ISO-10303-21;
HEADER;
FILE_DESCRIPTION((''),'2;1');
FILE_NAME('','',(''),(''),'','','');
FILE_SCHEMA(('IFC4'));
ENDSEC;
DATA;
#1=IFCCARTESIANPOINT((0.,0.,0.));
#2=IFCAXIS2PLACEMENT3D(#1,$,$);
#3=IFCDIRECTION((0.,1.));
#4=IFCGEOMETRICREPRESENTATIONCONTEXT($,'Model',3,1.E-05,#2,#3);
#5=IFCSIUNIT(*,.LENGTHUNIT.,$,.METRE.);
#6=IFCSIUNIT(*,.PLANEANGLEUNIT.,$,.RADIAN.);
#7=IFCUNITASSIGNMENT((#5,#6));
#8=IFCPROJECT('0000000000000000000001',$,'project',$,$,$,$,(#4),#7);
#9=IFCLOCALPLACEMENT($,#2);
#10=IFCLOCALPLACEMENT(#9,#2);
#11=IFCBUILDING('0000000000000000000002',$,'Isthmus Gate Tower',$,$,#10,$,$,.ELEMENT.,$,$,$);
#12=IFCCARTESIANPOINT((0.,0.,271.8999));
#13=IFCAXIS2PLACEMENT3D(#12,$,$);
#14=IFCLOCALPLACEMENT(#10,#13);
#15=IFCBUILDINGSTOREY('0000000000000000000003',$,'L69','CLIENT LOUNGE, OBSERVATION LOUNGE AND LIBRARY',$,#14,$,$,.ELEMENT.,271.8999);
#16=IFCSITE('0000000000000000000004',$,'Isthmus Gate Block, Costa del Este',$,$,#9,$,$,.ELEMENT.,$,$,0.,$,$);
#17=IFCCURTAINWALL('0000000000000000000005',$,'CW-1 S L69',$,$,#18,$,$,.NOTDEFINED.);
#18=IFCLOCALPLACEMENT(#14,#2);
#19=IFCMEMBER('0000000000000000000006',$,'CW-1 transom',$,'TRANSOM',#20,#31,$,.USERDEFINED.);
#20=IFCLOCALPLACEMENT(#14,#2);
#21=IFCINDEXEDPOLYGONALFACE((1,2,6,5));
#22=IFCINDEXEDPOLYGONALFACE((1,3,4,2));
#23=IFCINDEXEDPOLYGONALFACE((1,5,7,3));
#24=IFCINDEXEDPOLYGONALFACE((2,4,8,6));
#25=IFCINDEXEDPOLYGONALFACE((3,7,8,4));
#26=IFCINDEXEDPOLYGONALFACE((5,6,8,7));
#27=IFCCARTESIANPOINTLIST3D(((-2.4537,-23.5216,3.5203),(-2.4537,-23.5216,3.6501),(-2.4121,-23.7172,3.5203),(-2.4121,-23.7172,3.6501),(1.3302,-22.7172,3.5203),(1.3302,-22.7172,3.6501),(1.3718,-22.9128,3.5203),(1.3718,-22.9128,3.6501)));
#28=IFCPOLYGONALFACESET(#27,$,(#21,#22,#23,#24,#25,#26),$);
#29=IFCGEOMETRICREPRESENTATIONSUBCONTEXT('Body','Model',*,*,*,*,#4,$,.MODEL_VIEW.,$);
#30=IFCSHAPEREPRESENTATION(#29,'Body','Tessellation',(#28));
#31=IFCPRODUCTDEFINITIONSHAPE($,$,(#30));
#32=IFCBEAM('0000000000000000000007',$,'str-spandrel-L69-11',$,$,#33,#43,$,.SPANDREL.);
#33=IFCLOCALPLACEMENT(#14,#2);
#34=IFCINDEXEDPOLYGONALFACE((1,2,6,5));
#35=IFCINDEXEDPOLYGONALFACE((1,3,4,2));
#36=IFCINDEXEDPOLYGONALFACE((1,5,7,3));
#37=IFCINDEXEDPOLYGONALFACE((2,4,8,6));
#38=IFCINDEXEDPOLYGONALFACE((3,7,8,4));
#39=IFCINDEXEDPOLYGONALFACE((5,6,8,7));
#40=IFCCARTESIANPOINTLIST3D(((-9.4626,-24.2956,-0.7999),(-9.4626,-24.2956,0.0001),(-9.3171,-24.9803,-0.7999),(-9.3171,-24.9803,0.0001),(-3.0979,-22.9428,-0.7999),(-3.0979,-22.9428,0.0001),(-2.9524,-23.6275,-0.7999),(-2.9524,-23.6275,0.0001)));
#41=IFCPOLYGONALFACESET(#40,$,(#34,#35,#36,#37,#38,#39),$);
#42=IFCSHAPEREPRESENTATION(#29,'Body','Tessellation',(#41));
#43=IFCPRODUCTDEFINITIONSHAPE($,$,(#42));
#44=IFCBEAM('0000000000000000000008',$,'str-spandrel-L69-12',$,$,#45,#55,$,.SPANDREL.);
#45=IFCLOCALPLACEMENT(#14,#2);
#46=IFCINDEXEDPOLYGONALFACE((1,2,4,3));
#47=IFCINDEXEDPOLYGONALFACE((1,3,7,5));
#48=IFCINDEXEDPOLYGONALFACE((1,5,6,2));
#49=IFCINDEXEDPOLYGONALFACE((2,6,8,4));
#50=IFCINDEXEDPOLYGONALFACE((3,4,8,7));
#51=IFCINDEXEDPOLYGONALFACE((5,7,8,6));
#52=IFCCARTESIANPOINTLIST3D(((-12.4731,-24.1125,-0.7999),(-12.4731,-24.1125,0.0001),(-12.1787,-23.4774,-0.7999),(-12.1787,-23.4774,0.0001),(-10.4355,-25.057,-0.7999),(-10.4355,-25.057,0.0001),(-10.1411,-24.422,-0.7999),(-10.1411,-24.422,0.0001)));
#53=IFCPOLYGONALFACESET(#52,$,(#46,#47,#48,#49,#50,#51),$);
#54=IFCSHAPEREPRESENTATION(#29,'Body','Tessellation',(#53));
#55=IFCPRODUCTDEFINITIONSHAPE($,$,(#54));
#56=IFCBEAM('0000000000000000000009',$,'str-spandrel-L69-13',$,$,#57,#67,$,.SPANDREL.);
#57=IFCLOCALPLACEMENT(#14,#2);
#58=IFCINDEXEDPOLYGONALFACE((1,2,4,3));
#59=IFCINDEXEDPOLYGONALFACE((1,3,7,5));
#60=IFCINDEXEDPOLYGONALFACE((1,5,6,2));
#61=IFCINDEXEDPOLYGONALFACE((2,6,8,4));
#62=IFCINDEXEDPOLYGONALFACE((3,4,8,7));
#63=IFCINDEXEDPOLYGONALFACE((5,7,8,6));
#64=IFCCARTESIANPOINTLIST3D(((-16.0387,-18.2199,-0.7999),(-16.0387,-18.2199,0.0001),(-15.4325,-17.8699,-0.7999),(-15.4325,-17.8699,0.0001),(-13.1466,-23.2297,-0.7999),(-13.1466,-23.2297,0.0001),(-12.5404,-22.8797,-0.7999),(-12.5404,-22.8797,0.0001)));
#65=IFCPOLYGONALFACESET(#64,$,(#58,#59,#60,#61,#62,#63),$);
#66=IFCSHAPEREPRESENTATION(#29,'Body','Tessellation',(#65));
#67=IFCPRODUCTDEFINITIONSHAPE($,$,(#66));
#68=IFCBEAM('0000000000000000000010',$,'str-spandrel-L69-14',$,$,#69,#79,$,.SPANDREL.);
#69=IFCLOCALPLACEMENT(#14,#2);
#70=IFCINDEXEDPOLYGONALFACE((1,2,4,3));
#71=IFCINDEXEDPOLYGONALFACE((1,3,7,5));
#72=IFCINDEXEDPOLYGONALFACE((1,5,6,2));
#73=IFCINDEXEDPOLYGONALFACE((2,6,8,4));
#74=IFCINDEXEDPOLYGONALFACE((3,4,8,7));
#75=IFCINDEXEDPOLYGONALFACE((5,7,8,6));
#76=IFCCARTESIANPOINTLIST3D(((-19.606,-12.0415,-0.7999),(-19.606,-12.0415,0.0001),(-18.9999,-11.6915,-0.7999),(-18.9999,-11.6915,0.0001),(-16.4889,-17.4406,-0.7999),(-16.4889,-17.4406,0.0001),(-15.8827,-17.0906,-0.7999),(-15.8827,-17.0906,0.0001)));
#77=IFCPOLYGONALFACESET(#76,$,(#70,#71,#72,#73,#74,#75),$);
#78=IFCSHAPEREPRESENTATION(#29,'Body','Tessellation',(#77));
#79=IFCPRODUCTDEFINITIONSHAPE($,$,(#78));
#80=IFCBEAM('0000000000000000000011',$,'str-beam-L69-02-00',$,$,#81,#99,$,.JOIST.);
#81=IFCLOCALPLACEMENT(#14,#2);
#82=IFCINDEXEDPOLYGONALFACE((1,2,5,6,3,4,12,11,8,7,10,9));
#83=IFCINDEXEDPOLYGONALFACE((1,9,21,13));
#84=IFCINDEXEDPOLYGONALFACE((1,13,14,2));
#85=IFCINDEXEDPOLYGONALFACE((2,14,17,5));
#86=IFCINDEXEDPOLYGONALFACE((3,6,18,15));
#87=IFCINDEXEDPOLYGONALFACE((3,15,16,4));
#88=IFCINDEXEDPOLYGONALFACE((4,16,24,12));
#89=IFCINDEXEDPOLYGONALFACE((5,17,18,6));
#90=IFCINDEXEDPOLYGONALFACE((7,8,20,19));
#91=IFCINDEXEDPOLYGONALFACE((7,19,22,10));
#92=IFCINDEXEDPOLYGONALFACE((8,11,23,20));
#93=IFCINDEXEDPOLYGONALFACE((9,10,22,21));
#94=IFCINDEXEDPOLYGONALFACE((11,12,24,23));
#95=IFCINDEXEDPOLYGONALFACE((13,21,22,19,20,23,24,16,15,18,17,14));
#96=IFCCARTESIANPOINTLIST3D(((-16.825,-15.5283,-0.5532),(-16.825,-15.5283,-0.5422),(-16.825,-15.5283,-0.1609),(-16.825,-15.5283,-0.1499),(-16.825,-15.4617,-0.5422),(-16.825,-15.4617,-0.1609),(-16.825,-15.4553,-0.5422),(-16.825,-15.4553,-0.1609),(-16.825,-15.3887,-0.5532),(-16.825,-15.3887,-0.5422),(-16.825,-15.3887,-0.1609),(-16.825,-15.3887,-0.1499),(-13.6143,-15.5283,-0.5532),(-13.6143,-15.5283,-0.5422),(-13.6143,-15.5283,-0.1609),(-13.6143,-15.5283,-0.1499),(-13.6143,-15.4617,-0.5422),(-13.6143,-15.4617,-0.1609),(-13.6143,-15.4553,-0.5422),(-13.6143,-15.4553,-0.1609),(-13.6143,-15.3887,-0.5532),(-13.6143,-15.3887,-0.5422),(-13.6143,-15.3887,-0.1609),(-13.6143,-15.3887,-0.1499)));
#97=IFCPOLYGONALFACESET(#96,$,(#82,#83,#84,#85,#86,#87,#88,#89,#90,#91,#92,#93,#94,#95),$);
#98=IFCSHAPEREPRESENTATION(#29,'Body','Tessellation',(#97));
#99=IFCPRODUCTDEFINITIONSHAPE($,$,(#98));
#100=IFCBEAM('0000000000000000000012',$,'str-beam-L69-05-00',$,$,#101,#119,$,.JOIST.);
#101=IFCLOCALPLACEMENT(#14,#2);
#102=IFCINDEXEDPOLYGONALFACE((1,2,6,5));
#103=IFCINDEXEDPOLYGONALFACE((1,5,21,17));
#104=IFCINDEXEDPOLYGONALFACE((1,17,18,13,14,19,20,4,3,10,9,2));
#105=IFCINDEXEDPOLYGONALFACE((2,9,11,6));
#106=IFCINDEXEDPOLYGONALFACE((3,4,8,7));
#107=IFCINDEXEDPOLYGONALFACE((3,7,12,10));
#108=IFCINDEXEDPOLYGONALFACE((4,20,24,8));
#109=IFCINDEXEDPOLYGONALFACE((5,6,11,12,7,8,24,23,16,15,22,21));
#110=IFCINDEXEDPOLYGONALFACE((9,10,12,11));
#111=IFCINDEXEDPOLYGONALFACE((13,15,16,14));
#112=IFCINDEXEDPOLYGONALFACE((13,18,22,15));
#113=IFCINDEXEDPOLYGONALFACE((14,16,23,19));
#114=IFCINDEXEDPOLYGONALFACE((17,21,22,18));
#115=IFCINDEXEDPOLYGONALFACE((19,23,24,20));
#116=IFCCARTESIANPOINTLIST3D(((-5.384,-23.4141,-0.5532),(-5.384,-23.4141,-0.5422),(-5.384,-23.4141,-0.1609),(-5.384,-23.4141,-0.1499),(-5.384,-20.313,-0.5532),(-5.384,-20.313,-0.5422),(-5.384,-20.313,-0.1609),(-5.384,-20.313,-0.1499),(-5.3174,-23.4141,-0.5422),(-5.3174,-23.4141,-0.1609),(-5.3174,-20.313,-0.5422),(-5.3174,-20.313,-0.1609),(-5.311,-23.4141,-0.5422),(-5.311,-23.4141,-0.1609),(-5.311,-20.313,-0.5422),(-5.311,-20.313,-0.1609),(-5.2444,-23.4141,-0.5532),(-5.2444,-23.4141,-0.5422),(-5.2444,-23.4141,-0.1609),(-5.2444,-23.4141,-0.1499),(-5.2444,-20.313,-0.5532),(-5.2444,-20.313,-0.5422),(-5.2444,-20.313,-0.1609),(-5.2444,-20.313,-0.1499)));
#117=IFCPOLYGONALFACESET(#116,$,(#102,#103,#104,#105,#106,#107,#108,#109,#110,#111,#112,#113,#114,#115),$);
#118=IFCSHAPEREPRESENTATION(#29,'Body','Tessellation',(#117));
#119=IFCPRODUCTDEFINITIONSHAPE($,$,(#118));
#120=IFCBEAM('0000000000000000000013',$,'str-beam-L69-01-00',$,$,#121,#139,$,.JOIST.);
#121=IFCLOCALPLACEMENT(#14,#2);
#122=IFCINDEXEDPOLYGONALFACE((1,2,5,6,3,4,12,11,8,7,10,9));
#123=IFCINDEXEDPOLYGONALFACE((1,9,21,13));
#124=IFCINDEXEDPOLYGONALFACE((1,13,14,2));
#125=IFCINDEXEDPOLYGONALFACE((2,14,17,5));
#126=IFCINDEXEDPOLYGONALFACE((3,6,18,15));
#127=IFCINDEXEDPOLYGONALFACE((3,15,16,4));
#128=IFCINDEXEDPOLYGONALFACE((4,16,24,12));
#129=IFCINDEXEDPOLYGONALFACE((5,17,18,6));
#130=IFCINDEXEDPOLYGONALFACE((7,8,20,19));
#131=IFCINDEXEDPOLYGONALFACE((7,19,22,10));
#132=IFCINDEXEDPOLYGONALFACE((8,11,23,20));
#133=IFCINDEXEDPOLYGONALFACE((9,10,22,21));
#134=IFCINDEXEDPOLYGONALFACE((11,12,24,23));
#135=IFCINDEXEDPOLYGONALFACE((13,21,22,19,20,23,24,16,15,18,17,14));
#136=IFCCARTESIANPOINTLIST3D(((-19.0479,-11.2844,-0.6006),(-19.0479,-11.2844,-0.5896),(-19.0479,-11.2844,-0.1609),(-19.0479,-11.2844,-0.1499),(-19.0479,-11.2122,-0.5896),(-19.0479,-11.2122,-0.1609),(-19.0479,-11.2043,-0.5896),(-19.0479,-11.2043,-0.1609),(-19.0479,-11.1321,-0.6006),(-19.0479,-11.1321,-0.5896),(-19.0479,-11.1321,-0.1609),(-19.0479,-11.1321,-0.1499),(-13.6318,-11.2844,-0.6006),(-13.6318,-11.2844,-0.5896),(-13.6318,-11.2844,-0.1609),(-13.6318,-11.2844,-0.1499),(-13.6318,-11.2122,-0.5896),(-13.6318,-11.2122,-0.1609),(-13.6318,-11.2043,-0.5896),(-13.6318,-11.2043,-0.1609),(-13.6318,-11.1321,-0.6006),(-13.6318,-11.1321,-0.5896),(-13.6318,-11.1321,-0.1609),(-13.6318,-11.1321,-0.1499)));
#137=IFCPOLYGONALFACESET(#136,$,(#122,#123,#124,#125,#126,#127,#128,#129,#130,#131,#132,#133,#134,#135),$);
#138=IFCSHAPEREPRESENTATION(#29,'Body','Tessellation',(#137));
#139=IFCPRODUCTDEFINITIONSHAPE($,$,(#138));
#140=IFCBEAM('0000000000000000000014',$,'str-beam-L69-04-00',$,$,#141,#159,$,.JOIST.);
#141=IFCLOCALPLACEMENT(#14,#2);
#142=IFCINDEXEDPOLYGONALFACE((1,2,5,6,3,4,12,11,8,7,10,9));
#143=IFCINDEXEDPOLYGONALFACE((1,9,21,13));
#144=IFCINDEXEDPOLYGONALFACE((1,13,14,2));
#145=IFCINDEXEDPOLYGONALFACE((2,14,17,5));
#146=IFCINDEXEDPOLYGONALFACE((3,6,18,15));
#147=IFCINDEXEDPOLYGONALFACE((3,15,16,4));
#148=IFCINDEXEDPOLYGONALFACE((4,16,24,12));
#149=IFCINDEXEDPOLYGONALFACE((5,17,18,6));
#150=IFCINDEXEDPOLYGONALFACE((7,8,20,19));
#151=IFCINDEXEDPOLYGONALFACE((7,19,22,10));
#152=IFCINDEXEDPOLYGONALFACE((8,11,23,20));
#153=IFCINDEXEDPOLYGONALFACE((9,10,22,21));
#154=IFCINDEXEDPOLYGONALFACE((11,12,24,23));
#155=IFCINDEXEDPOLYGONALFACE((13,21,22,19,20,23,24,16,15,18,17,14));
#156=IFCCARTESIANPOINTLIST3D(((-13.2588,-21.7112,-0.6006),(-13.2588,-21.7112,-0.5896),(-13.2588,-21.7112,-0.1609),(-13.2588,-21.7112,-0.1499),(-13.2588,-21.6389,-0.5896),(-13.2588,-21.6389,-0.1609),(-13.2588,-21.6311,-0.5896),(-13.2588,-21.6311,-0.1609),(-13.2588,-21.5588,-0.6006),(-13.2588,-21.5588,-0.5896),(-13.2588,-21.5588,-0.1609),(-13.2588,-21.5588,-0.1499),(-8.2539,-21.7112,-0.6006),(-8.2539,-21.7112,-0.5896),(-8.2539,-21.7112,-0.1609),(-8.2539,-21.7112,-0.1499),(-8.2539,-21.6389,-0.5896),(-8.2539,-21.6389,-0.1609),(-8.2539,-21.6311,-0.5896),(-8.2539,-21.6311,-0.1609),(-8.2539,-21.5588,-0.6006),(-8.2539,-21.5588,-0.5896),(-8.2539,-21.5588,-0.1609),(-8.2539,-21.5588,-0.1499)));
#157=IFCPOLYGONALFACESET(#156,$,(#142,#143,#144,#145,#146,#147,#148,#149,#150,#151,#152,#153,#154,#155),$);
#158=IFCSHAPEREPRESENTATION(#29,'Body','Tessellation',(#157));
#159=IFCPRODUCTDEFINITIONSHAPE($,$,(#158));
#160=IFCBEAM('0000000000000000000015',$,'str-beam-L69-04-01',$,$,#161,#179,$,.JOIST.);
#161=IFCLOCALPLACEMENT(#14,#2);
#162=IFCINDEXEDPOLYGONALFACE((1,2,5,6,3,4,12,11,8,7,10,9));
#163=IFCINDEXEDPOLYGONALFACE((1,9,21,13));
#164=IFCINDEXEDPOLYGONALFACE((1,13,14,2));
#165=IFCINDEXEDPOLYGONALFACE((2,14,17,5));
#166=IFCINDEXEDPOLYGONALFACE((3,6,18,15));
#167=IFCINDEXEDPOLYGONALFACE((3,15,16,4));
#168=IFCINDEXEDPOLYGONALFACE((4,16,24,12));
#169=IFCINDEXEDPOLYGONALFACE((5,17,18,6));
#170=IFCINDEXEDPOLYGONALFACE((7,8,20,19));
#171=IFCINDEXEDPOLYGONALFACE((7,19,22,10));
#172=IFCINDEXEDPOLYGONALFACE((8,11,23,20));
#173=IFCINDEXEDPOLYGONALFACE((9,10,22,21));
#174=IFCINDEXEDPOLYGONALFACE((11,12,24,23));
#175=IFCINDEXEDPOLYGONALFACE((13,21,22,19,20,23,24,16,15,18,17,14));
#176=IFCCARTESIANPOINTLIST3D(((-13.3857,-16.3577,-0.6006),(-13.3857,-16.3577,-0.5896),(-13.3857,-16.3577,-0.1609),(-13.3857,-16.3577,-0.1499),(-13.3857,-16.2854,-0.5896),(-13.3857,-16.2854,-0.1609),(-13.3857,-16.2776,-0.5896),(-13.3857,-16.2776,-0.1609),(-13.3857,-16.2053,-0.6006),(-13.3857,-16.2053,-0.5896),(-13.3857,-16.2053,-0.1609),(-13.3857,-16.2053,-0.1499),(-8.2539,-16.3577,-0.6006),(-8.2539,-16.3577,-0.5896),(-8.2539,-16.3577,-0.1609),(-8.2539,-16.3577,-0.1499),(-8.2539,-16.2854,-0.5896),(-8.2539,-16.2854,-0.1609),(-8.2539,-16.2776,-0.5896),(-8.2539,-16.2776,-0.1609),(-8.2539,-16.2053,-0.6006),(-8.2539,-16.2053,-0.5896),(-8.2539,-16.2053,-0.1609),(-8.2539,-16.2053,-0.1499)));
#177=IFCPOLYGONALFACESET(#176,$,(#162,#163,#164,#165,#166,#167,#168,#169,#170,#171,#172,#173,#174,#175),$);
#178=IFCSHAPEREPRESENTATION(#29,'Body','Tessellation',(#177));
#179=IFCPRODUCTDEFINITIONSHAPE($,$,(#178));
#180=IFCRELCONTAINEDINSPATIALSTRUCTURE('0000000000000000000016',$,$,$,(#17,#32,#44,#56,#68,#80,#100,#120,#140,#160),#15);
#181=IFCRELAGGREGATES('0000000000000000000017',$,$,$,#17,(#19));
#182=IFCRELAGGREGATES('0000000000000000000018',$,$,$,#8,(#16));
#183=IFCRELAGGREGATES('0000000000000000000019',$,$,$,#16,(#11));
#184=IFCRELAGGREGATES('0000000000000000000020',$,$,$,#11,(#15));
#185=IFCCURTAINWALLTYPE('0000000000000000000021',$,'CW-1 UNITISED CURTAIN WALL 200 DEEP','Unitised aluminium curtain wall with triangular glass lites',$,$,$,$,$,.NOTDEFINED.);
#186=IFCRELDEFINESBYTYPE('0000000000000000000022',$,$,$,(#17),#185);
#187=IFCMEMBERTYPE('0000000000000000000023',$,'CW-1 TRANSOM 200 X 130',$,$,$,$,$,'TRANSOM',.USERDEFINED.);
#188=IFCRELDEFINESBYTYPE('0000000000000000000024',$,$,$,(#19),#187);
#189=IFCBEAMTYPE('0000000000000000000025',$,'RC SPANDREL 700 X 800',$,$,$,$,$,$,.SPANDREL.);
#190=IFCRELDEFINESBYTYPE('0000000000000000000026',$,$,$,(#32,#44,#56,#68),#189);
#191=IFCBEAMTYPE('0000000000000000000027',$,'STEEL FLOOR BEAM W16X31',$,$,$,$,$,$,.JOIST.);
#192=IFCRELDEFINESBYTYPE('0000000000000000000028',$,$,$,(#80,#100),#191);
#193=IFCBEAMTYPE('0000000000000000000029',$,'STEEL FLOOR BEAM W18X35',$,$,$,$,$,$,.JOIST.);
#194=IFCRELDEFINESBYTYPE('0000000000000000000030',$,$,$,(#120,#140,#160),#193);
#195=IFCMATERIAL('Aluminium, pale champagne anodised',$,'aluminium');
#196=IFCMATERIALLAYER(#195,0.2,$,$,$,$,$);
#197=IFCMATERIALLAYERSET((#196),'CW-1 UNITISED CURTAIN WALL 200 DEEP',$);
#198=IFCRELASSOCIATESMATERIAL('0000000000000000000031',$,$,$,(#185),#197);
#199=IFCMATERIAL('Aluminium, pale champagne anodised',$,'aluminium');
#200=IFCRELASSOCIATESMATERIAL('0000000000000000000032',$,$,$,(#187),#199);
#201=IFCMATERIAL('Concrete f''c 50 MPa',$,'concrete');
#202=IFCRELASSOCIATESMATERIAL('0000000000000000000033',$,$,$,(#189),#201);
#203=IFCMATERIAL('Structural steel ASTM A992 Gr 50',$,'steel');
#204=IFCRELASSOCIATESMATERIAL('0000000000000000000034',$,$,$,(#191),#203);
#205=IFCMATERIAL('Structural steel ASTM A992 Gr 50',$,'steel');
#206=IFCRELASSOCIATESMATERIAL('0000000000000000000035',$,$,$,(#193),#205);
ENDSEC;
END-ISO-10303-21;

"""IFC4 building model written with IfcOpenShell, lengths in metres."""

from ifc_helpers import new_model, si_unit, direction, frame, origin, origin_2d, place, context, subcontext, project, spatial, rectangle, i_section, extrude, material, layer, layer_set, material_profile, profile_set, type_object, element, aggregate, save


model = new_model("IFC4")

# Units and contexts
model_context = context("Model", 3, precision=1e-05, world=origin(), true_north=direction((0.0, 1.0)))
body_context = subcontext(model_context, "Body", "Model", "MODEL_VIEW")
ifc_project = project(units=[si_unit("LENGTHUNIT", "METRE"), si_unit("PLANEANGLEUNIT", "RADIAN")], contexts=[model_context])

# Site, building, storey
site_placement = place(None, origin())
site = spatial("IfcSite", under=ifc_project, at=site_placement, Name="Isthmus Gate Block, Costa del Este", CompositionType="ELEMENT", RefElevation=0.0)
building_placement = place(site_placement, origin())
building = spatial("IfcBuilding", under=site, at=building_placement, Name="Isthmus Gate Tower", CompositionType="ELEMENT")
storey_placement = place(building_placement, frame((0.0, 0.0, 271.8999)))
storey = spatial("IfcBuildingStorey", under=building, at=storey_placement, Name="L69", Description="CLIENT LOUNGE, OBSERVATION LOUNGE AND LIBRARY", CompositionType="ELEMENT", Elevation=271.8999)

# Shared definitions
ifc_material_1 = material(Name="Aluminium, pale champagne anodised", Category="aluminium")
ifc_layer_1 = layer(ifc_material_1, 0.2)
ifc_layer_set_1 = layer_set([ifc_layer_1], Name="CW-1 UNITISED CURTAIN WALL 200 DEEP")
curtain_wall_type = type_object("IfcCurtainWallType", Name="CW-1 UNITISED CURTAIN WALL 200 DEEP", Description="Unitised aluminium curtain wall with triangular glass lites", PredefinedType="NOTDEFINED", material=ifc_layer_set_1)

# Curtain wall
curtain_wall_1_placement = place(storey_placement, origin())
curtain_wall_1 = element("IfcCurtainWall", 1, at=curtain_wall_1_placement, inside=storey, type_object=curtain_wall_type, Name="CW-1 S L69", PredefinedType="NOTDEFINED")

# Member
ifc_material_2 = material(Name="Aluminium, pale champagne anodised", Category="aluminium")
ifc_material_profile_1 = material_profile(ifc_material_2, rectangle(XDim=0.2, YDim=0.1299, at=origin_2d()), Name="200x130")
ifc_profile_set_1 = profile_set([ifc_material_profile_1], Name="Aluminium, pale champagne anodised")
member_type_1 = type_object("IfcMemberType", Name="CW-1 TRANSOM 200 X 130", ElementType="TRANSOM", PredefinedType="USERDEFINED", material=ifc_profile_set_1)
member_1_placement = place(storey_placement, frame((-2.4329, -23.6194, 3.5852), z_axis=(0.97814, 0.207947, 0.0), x_axis=(-0.207947, 0.97814, 0.0)))
member_1 = element("IfcMember", 2, at=member_1_placement, type_object=member_type_1, Name="CW-1 transom", ObjectType="TRANSOM", PredefinedType="USERDEFINED", context=body_context, shape_type="SweptSolid", body=[
    extrude(rectangle(XDim=0.2, YDim=0.1299, at=origin_2d()), origin(), (0.0, 0.0, 1.0), 3.8684),
])

# Beams
ifc_material_3 = material(Name="Concrete f'c 50 MPa", Category="concrete")
ifc_material_profile_2 = material_profile(ifc_material_3, rectangle(XDim=0.7, YDim=0.8, at=origin_2d()), Name="RC 700X800")
ifc_profile_set_2 = profile_set([ifc_material_profile_2], Name="Concrete f'c 50 MPa")
beam_type_1 = type_object("IfcBeamType", Name="RC SPANDREL 700 X 800", PredefinedType="SPANDREL", material=ifc_profile_set_2)
beam_1_placement = place(storey_placement, frame((-3.0251, -23.2852, -0.3999), z_axis=(-0.97815, -0.207899, 0.0), x_axis=(0.207899, -0.97815, 0.0)))
element("IfcBeam", 3, at=beam_1_placement, inside=storey, type_object=beam_type_1, Name="str-spandrel-L69-11", PredefinedType="SPANDREL", context=body_context, shape_type="SweptSolid", body=[
    extrude(rectangle(XDim=0.7, YDim=0.8, at=origin_2d()), origin(), (0.0, 0.0, 1.0), 6.5068),
])
beam_2_placement = place(storey_placement, frame((-10.2883, -24.7395, -0.3999), z_axis=(-0.907255, 0.420581, 0.0), x_axis=(-0.420581, -0.907255, 0.0)))
element("IfcBeam", 4, at=beam_2_placement, inside=storey, type_object=beam_type_1, Name="str-spandrel-L69-12", PredefinedType="SPANDREL", context=body_context, shape_type="SweptSolid", body=[
    extrude(rectangle(XDim=0.7, YDim=0.8, at=origin_2d()), origin(), (0.0, 0.0, 1.0), 2.2458),
])
beam_3_placement = place(storey_placement, frame((-12.8435, -23.0547, -0.3999), z_axis=(-0.499961, 0.866048, 0.0), x_axis=(-0.866048, -0.499961, 0.0)))
element("IfcBeam", 5, at=beam_3_placement, inside=storey, type_object=beam_type_1, Name="str-spandrel-L69-13", PredefinedType="SPANDREL", context=body_context, shape_type="SweptSolid", body=[
    extrude(rectangle(XDim=0.7, YDim=0.8, at=origin_2d()), origin(), (0.0, 0.0, 1.0), 5.7847),
])
beam_4_placement = place(storey_placement, frame((-16.1858, -17.2656, -0.3999), z_axis=(-0.499997, 0.866027, 0.0), x_axis=(-0.866027, -0.499997, 0.0)))
element("IfcBeam", 6, at=beam_4_placement, inside=storey, type_object=beam_type_1, Name="str-spandrel-L69-14", PredefinedType="SPANDREL", context=body_context, shape_type="SweptSolid", body=[
    extrude(rectangle(XDim=0.7, YDim=0.8, at=origin_2d()), origin(), (0.0, 0.0, 1.0), 6.2344),
])
ifc_material_4 = material(Name="Structural steel ASTM A992 Gr 50", Category="steel")
ifc_material_profile_3 = material_profile(ifc_material_4, i_section(OverallWidth=0.1396, OverallDepth=0.4033, WebThickness=0.0063, FlangeThickness=0.011, at=origin_2d()), Name="W16X31")
ifc_profile_set_3 = profile_set([ifc_material_profile_3], Name="Structural steel ASTM A992 Gr 50")
beam_type_2 = type_object("IfcBeamType", Name="STEEL FLOOR BEAM W16X31", PredefinedType="JOIST", material=ifc_profile_set_3)
beam_5_placement = place(storey_placement, frame((-16.825, -15.4585, -0.3516), z_axis=(1.0, 0.0, 0.0), x_axis=(0.0, 1.0, 0.0)))
element("IfcBeam", 7, at=beam_5_placement, inside=storey, type_object=beam_type_2, Name="str-beam-L69-02-00", PredefinedType="JOIST", context=body_context, shape_type="SweptSolid", body=[
    extrude(i_section(OverallWidth=0.1396, OverallDepth=0.4033, WebThickness=0.0063, FlangeThickness=0.011, at=origin_2d()), origin(), (0.0, 0.0, 1.0), 3.2107),
])
beam_6_placement = place(storey_placement, frame((-5.3142, -23.4141, -0.3516), z_axis=(0.0, 1.0, 0.0), x_axis=(-1.0, 0.0, 0.0)))
element("IfcBeam", 8, at=beam_6_placement, inside=storey, type_object=beam_type_2, Name="str-beam-L69-05-00", PredefinedType="JOIST", context=body_context, shape_type="SweptSolid", body=[
    extrude(i_section(OverallWidth=0.1396, OverallDepth=0.4033, WebThickness=0.0063, FlangeThickness=0.011, at=origin_2d()), origin(), (0.0, 0.0, 1.0), 3.1011),
])
ifc_material_5 = material(Name="Structural steel ASTM A992 Gr 50", Category="steel")
ifc_material_profile_4 = material_profile(ifc_material_5, i_section(OverallWidth=0.1523, OverallDepth=0.4507, WebThickness=0.0078, FlangeThickness=0.011, at=origin_2d()), Name="W18X35")
ifc_profile_set_4 = profile_set([ifc_material_profile_4], Name="Structural steel ASTM A992 Gr 50")
beam_type_3 = type_object("IfcBeamType", Name="STEEL FLOOR BEAM W18X35", PredefinedType="JOIST", material=ifc_profile_set_4)
beam_7_placement = place(storey_placement, frame((-19.0479, -11.2083, -0.3752), z_axis=(1.0, 0.0, 0.0), x_axis=(0.0, 1.0, 0.0)))
element("IfcBeam", 9, at=beam_7_placement, inside=storey, type_object=beam_type_3, Name="str-beam-L69-01-00", PredefinedType="JOIST", context=body_context, shape_type="SweptSolid", body=[
    extrude(i_section(OverallWidth=0.1523, OverallDepth=0.4507, WebThickness=0.0078, FlangeThickness=0.011, at=origin_2d()), origin(), (0.0, 0.0, 1.0), 5.416),
])
beam_8_placement = place(storey_placement, frame((-13.2588, -21.635, -0.3752), z_axis=(1.0, 0.0, 0.0), x_axis=(0.0, 1.0, 0.0)))
element("IfcBeam", 10, at=beam_8_placement, inside=storey, type_object=beam_type_3, Name="str-beam-L69-04-00", PredefinedType="JOIST", context=body_context, shape_type="SweptSolid", body=[
    extrude(i_section(OverallWidth=0.1523, OverallDepth=0.4507, WebThickness=0.0078, FlangeThickness=0.011, at=origin_2d()), origin(), (0.0, 0.0, 1.0), 5.0049),
])
beam_9_placement = place(storey_placement, frame((-13.3857, -16.2815, -0.3752), z_axis=(1.0, 0.0, 0.0), x_axis=(0.0, 1.0, 0.0)))
element("IfcBeam", 11, at=beam_9_placement, inside=storey, type_object=beam_type_3, Name="str-beam-L69-04-01", PredefinedType="JOIST", context=body_context, shape_type="SweptSolid", body=[
    extrude(i_section(OverallWidth=0.1523, OverallDepth=0.4507, WebThickness=0.0078, FlangeThickness=0.011, at=origin_2d()), origin(), (0.0, 0.0, 1.0), 5.1318),
])

aggregate(curtain_wall_1, [member_1])

save(model, "model.ifc")
